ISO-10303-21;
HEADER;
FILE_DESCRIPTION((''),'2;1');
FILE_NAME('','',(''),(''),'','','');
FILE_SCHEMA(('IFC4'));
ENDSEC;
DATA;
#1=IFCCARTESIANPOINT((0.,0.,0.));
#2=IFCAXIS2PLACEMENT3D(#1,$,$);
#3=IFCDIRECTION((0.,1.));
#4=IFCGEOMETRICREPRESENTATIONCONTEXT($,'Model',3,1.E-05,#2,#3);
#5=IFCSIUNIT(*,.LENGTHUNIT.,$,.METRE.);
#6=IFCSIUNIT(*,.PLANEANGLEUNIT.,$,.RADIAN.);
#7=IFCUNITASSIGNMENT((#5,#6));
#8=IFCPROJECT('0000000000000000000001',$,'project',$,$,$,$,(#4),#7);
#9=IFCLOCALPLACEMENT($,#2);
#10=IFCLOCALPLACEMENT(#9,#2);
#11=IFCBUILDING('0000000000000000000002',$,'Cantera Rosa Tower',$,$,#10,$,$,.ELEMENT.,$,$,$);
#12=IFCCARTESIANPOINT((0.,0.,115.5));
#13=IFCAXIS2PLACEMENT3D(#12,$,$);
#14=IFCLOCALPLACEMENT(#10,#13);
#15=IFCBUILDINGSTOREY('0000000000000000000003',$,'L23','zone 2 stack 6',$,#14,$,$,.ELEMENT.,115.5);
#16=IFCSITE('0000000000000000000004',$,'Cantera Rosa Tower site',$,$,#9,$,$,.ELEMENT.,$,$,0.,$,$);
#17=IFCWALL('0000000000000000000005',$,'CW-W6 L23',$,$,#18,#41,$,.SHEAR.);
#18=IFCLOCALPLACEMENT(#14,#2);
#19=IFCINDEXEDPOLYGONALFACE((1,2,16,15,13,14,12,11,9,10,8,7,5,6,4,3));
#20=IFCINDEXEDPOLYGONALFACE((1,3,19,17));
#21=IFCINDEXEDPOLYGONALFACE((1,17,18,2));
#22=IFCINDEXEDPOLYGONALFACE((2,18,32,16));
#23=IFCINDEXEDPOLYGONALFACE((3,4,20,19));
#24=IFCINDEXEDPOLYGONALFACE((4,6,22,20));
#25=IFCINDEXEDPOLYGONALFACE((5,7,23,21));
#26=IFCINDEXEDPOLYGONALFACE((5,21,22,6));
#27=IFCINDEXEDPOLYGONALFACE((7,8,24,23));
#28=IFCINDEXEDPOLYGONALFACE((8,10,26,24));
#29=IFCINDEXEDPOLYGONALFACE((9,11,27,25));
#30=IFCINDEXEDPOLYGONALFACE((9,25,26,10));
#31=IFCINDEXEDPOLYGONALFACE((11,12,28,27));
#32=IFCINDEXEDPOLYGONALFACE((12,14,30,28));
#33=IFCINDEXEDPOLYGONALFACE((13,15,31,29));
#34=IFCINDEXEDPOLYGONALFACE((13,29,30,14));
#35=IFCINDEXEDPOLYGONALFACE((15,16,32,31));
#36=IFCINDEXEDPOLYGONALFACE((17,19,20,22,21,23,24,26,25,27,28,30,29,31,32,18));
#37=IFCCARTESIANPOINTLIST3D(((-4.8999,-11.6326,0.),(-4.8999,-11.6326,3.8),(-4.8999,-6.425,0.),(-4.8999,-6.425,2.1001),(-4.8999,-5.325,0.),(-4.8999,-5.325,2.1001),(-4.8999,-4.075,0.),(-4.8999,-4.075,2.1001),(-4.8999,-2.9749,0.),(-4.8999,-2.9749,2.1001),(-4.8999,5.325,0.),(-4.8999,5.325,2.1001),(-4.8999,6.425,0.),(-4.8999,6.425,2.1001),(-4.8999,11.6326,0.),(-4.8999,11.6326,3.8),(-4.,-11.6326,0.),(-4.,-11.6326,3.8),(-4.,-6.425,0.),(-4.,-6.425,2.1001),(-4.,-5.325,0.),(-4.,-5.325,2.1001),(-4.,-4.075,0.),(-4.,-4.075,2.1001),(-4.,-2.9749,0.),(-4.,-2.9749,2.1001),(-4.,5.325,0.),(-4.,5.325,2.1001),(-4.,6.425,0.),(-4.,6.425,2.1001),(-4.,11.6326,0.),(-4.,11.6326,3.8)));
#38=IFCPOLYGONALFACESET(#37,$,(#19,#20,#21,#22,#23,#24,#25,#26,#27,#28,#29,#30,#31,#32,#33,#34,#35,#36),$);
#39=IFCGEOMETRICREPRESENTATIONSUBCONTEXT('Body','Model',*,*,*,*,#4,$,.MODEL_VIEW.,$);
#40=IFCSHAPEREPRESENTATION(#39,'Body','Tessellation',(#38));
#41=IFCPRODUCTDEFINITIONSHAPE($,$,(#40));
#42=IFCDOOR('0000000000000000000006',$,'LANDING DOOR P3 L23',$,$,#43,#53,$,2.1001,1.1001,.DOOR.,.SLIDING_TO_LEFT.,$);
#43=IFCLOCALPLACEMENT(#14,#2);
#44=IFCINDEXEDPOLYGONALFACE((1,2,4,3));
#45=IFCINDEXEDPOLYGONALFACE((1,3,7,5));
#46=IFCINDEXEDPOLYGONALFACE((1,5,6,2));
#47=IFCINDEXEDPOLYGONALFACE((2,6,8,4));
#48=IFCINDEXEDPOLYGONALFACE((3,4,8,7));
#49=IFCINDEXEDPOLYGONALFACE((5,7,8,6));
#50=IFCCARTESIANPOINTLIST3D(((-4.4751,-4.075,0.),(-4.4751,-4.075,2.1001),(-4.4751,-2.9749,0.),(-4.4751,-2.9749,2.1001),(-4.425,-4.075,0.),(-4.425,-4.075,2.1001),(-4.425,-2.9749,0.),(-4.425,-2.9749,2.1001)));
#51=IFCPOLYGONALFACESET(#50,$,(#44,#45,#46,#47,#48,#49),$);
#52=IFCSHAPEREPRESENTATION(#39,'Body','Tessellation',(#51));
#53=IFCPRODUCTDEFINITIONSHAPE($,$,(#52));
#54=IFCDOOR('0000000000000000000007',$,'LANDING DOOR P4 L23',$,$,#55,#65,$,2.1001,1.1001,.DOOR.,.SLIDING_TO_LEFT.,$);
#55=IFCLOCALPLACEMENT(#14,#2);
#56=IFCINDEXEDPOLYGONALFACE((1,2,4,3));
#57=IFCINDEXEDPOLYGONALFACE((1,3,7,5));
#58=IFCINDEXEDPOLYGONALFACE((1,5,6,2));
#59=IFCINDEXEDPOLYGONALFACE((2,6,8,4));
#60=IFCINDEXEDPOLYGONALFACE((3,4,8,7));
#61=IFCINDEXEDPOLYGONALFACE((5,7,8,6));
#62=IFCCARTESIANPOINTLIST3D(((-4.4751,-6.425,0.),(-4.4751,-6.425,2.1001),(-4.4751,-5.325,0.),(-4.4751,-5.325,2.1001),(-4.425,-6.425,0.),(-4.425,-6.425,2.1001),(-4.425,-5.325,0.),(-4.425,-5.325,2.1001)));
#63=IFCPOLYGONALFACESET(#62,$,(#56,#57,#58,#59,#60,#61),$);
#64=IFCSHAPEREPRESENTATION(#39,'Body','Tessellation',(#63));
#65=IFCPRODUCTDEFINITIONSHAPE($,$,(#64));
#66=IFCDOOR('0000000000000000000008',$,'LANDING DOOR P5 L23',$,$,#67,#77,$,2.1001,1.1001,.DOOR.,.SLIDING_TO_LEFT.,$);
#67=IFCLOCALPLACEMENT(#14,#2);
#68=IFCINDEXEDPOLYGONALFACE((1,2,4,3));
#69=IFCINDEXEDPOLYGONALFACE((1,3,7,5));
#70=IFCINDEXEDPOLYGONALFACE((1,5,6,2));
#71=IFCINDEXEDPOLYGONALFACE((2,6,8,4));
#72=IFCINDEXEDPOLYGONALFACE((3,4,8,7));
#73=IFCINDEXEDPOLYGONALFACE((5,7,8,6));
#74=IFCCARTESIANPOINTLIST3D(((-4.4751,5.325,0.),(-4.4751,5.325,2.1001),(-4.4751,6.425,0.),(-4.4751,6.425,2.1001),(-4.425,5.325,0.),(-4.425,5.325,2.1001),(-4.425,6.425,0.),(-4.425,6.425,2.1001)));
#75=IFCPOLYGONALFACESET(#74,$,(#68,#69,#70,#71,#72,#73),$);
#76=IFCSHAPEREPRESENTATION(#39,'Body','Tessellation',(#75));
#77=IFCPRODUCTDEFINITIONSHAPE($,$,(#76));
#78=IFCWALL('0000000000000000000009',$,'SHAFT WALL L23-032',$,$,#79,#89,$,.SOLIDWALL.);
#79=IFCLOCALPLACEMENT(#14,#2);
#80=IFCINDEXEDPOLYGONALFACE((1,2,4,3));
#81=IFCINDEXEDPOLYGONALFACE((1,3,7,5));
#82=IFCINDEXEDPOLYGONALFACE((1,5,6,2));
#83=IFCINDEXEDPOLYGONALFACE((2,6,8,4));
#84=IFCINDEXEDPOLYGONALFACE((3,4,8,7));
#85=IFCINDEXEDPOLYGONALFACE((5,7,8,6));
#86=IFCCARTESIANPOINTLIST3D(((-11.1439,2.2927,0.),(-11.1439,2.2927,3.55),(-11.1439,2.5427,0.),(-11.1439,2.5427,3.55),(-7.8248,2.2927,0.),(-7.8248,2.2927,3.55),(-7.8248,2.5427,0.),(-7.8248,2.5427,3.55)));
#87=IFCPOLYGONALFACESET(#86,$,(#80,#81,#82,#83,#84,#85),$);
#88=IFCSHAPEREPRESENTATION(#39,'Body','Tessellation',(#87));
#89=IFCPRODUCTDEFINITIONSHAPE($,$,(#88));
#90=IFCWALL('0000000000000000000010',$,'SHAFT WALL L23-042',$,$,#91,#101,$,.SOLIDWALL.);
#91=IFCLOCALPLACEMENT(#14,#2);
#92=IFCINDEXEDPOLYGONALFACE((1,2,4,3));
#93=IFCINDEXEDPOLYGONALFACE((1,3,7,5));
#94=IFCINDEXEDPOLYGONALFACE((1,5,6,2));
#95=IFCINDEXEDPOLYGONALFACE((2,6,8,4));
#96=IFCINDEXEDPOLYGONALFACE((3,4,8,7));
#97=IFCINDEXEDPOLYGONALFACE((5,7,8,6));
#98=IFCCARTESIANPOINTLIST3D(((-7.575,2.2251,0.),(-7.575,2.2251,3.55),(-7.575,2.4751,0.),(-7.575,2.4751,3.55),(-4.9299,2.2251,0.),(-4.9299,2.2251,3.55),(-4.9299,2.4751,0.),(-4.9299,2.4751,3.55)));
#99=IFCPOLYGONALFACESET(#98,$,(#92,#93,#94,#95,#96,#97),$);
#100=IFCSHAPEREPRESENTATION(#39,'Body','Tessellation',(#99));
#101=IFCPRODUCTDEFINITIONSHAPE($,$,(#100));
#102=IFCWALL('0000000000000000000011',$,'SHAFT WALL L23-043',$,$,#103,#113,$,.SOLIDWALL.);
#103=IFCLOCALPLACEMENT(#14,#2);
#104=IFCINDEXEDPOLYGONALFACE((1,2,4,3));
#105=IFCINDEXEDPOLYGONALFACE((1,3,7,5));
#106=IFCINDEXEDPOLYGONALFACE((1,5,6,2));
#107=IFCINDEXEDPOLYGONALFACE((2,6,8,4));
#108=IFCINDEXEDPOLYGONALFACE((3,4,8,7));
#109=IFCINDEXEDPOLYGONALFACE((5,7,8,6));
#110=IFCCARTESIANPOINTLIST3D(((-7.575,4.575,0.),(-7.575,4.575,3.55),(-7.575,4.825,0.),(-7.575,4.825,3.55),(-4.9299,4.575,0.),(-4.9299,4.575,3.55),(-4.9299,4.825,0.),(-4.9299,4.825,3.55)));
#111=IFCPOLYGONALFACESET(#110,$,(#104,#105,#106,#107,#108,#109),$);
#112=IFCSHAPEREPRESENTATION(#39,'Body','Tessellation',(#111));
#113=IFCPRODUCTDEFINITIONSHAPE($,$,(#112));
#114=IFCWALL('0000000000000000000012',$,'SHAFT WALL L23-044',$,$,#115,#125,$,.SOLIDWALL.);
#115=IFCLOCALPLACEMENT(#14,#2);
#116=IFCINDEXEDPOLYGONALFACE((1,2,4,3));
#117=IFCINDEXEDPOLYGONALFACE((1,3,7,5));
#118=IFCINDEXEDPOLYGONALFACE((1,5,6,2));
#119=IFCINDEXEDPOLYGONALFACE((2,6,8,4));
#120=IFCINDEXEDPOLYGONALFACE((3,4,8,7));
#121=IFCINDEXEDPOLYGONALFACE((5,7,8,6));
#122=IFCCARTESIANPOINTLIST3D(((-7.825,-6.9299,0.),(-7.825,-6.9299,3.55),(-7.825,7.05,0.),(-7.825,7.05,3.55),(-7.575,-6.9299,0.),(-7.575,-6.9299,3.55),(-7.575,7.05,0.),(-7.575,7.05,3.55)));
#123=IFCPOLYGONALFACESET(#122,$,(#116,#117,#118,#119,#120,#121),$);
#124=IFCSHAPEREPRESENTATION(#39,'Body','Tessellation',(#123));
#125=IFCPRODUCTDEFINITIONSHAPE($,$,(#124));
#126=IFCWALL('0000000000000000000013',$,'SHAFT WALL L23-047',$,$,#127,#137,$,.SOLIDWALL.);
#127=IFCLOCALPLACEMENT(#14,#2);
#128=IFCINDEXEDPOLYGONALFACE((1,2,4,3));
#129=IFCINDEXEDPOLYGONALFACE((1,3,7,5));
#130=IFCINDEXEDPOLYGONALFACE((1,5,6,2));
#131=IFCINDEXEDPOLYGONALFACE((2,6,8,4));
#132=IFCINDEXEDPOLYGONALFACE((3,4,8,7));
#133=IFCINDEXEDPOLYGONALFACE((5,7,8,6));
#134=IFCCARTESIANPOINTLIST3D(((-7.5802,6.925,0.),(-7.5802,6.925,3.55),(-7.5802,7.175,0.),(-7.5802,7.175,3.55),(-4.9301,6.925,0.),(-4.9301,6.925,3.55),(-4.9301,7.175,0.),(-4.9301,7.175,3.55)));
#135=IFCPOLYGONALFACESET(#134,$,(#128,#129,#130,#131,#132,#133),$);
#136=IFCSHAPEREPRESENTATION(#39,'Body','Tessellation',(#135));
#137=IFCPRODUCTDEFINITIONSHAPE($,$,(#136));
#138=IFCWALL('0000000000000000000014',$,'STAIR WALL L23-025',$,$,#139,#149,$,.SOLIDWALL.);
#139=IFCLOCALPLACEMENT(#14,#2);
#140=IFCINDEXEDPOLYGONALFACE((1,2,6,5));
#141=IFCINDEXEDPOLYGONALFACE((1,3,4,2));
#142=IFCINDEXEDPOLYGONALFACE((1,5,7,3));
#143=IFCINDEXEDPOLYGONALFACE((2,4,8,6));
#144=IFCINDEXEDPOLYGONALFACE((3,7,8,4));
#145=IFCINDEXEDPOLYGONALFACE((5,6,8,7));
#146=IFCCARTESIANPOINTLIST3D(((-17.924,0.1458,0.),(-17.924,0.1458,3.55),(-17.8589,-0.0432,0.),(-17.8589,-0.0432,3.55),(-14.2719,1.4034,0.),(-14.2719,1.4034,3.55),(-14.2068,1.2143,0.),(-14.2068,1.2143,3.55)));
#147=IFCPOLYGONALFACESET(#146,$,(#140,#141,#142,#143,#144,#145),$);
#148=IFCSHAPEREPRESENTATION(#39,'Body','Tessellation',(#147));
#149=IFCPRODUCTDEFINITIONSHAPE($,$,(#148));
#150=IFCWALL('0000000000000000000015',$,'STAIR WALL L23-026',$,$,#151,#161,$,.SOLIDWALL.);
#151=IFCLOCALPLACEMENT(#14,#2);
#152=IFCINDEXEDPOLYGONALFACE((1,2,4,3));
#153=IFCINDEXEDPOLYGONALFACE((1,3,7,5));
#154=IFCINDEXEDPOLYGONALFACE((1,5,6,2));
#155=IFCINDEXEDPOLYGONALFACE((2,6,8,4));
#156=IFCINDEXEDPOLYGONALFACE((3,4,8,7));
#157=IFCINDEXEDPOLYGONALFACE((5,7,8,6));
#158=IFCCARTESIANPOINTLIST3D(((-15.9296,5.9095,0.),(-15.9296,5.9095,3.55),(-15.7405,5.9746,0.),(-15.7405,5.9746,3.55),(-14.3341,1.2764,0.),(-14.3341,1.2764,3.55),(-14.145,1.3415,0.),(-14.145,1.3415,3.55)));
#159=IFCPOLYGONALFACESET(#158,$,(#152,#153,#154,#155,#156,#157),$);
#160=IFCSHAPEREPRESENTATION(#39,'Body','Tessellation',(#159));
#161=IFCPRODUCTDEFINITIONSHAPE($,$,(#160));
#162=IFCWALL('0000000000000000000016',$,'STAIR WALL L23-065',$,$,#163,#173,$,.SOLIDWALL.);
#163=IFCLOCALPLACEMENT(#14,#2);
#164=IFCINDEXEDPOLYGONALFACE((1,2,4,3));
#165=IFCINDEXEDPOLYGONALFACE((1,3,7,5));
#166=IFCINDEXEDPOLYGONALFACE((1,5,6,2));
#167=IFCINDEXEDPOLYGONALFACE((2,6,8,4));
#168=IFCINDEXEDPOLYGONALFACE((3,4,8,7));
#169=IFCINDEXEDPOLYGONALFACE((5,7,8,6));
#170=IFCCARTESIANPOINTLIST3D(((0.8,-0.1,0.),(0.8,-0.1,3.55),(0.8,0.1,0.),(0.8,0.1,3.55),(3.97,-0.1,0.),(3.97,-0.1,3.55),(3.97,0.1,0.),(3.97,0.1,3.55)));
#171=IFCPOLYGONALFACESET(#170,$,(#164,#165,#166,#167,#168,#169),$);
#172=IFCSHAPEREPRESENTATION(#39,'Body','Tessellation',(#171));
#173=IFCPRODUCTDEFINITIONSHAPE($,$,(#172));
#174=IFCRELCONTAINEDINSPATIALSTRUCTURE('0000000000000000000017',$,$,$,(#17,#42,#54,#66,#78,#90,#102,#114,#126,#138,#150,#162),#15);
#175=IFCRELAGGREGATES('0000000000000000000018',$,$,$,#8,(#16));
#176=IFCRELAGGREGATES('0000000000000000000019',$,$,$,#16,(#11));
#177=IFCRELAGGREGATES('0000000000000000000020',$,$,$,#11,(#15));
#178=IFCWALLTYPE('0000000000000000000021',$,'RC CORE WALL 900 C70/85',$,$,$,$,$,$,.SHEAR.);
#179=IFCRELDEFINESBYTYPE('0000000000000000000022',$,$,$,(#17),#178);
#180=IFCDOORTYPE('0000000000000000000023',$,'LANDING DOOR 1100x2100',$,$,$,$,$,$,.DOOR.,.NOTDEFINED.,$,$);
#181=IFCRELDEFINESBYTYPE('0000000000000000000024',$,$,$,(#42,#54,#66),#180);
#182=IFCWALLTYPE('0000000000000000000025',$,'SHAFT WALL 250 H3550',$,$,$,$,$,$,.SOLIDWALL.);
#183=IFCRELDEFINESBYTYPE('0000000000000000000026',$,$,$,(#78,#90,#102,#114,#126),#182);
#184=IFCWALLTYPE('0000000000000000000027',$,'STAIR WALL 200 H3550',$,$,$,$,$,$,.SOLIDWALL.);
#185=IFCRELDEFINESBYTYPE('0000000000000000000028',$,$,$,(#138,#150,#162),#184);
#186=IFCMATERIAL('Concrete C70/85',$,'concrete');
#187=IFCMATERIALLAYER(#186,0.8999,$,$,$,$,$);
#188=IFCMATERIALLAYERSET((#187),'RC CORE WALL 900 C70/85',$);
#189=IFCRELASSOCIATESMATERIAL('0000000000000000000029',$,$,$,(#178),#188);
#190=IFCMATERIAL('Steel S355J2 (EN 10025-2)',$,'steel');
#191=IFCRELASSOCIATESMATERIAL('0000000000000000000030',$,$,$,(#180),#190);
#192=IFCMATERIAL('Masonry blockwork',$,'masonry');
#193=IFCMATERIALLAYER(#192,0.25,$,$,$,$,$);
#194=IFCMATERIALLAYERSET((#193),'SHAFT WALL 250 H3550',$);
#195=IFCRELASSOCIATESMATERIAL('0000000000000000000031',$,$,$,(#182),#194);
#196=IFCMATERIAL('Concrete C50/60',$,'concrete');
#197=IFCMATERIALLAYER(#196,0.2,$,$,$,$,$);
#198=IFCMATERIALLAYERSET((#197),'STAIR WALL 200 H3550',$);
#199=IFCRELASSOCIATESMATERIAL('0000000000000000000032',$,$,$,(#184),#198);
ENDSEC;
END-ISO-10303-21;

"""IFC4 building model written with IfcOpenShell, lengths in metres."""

from ifc_helpers import new_model, si_unit, direction, frame, frame_2d, origin, place, context, subcontext, project, spatial, rectangle, extrude, material, layer, layer_set, type_object, element, fill, save


model = new_model("IFC4")

# Units and contexts
model_context = context("Model", 3, precision=1e-05, world=origin(), true_north=direction((0.0, 1.0)))
body_context = subcontext(model_context, "Body", "Model", "MODEL_VIEW")
ifc_project = project(units=[si_unit("LENGTHUNIT", "METRE"), si_unit("PLANEANGLEUNIT", "RADIAN")], contexts=[model_context])

# Site, building, storey
site_placement = place(None, origin())
site = spatial("IfcSite", under=ifc_project, at=site_placement, Name="Cantera Rosa Tower site", CompositionType="ELEMENT", RefElevation=0.0)
building_placement = place(site_placement, origin())
building = spatial("IfcBuilding", under=site, at=building_placement, Name="Cantera Rosa Tower", CompositionType="ELEMENT")
storey_placement = place(building_placement, frame((0.0, 0.0, 115.5)))
storey = spatial("IfcBuildingStorey", under=building, at=storey_placement, Name="L23", Description="zone 2 stack 6", CompositionType="ELEMENT", Elevation=115.5)

# Shared definitions
ifc_material_1 = material(Name="Concrete C70/85", Category="concrete")
ifc_layer_1 = layer(ifc_material_1, 0.8999)
ifc_layer_set_1 = layer_set([ifc_layer_1], Name="RC CORE WALL 900 C70/85")
wall_type_1 = type_object("IfcWallType", Name="RC CORE WALL 900 C70/85", PredefinedType="SHEAR", material=ifc_layer_set_1)

# Wall, openings, doors
wall_1_placement = place(storey_placement, frame((-4.45, 11.6326, 0.0), z_axis=(0.0, 0.0, 1.0), x_axis=(0.0, -1.0, 0.0)))
wall_1 = element("IfcWall", 1, at=wall_1_placement, inside=storey, type_object=wall_type_1, Name="CW-W6 L23", PredefinedType="SHEAR", context=body_context, shape_type="SweptSolid", body=[
    extrude(rectangle(XDim=23.2651, YDim=0.8999, at=frame_2d((11.6326, 0.0))), origin(), (0.0, 0.0, 1.0), 3.8),
])
opening_1_placement = place(wall_1_placement, frame((14.6074, 0.0, 0.0)))
opening_1 = element("IfcOpeningElement", 2, at=opening_1_placement, cuts=wall_1, PredefinedType="OPENING", context=body_context, shape_type="SweptSolid", body=[
    extrude(rectangle(XDim=1.1001, YDim=2.1001, at=frame_2d((0.55, 1.05))), frame((0.0, 0.46, 0.0), z_axis=(0.0, -1.0, 0.0), x_axis=(1.0, 0.0, 0.0)), (0.0, 0.0, 1.0), 0.9199),
])
opening_2_placement = place(wall_1_placement, frame((16.9575, 0.0, 0.0)))
opening_2 = element("IfcOpeningElement", 3, at=opening_2_placement, cuts=wall_1, PredefinedType="OPENING", context=body_context, shape_type="SweptSolid", body=[
    extrude(rectangle(XDim=1.1001, YDim=2.1001, at=frame_2d((0.55, 1.05))), frame((0.0, 0.46, 0.0), z_axis=(0.0, -1.0, 0.0), x_axis=(1.0, 0.0, 0.0)), (0.0, 0.0, 1.0), 0.9199),
])
opening_3_placement = place(wall_1_placement, frame((5.2075, 0.0, 0.0)))
opening_3 = element("IfcOpeningElement", 4, at=opening_3_placement, cuts=wall_1, PredefinedType="OPENING", context=body_context, shape_type="SweptSolid", body=[
    extrude(rectangle(XDim=1.1001, YDim=2.1001, at=frame_2d((0.55, 1.05))), frame((0.0, 0.46, 0.0), z_axis=(0.0, -1.0, 0.0), x_axis=(1.0, 0.0, 0.0)), (0.0, 0.0, 1.0), 0.9199),
])
ifc_material_2 = material(Name="Steel S355J2 (EN 10025-2)", Category="steel")
door_type_1 = type_object("IfcDoorType", Name="LANDING DOOR 1100x2100", OperationType="NOTDEFINED", PredefinedType="DOOR", material=ifc_material_2)
door_1_placement = place(opening_1_placement, origin())
door_1 = element("IfcDoor", 5, at=door_1_placement, inside=storey, type_object=door_type_1, Name="LANDING DOOR P3 L23", OperationType="SLIDING_TO_LEFT", OverallHeight=2.1001, OverallWidth=1.1001, PredefinedType="DOOR", context=body_context, shape_type="SweptSolid", body=[
    extrude(rectangle(XDim=1.1001, YDim=2.1001, at=frame_2d((0.55, 1.05))), frame((0.0, 0.0249, 0.0), z_axis=(0.0, -1.0, 0.0), x_axis=(1.0, 0.0, 0.0)), (0.0, 0.0, 1.0), 0.05),
])
fill(opening_1, door_1)
door_2_placement = place(opening_2_placement, origin())
door_2 = element("IfcDoor", 6, at=door_2_placement, inside=storey, type_object=door_type_1, Name="LANDING DOOR P4 L23", OperationType="SLIDING_TO_LEFT", OverallHeight=2.1001, OverallWidth=1.1001, PredefinedType="DOOR", context=body_context, shape_type="SweptSolid", body=[
    extrude(rectangle(XDim=1.1001, YDim=2.1001, at=frame_2d((0.55, 1.05))), frame((0.0, 0.0249, 0.0), z_axis=(0.0, -1.0, 0.0), x_axis=(1.0, 0.0, 0.0)), (0.0, 0.0, 1.0), 0.05),
])
fill(opening_2, door_2)
door_3_placement = place(opening_3_placement, origin())
door_3 = element("IfcDoor", 7, at=door_3_placement, inside=storey, type_object=door_type_1, Name="LANDING DOOR P5 L23", OperationType="SLIDING_TO_LEFT", OverallHeight=2.1001, OverallWidth=1.1001, PredefinedType="DOOR", context=body_context, shape_type="SweptSolid", body=[
    extrude(rectangle(XDim=1.1001, YDim=2.1001, at=frame_2d((0.55, 1.05))), frame((0.0, 0.0249, 0.0), z_axis=(0.0, -1.0, 0.0), x_axis=(1.0, 0.0, 0.0)), (0.0, 0.0, 1.0), 0.05),
])
fill(opening_3, door_3)

# Walls
ifc_material_3 = material(Name="Masonry blockwork", Category="masonry")
ifc_layer_2 = layer(ifc_material_3, 0.25)
ifc_layer_set_2 = layer_set([ifc_layer_2], Name="SHAFT WALL 250 H3550")
wall_type_2 = type_object("IfcWallType", Name="SHAFT WALL 250 H3550", PredefinedType="SOLIDWALL", material=ifc_layer_set_2)
wall_2_placement = place(storey_placement, frame((-11.144, 2.4177, 0.0), z_axis=(0.0, 0.0, 1.0), x_axis=(1.0, 0.0, 0.0)))
element("IfcWall", 8, at=wall_2_placement, inside=storey, type_object=wall_type_2, Name="SHAFT WALL L23-032", PredefinedType="SOLIDWALL", context=body_context, shape_type="SweptSolid", body=[
    extrude(rectangle(XDim=3.3191, YDim=0.25, at=frame_2d((1.6597, 0.0))), origin(), (0.0, 0.0, 1.0), 3.55),
])
for number, where, z_axis, x_axis, name in (
    (9, (-7.575, 2.3501, 0.0), (0.0, 0.0, 1.0), (1.0, 0.0, 0.0), "SHAFT WALL L23-042"),
    (10, (-7.575, 4.7, 0.0), (0.0, 0.0, 1.0), (1.0, 0.0, 0.0), "SHAFT WALL L23-043"),
):
    element("IfcWall", number, at=place(storey_placement, frame(where, z_axis=z_axis, x_axis=x_axis)), inside=storey, type_object=wall_type_2, Name=name, PredefinedType="SOLIDWALL", context=body_context, shape_type="SweptSolid", body=[
        extrude(rectangle(XDim=2.645, YDim=0.25, at=frame_2d((1.3225, 0.0))), origin(), (0.0, 0.0, 1.0), 3.55),
    ])
wall_3_placement = place(storey_placement, frame((-7.7, 7.05, 0.0), z_axis=(0.0, 0.0, 1.0), x_axis=(0.0, -1.0, 0.0)))
element("IfcWall", 11, at=wall_3_placement, inside=storey, type_object=wall_type_2, Name="SHAFT WALL L23-044", PredefinedType="SOLIDWALL", context=body_context, shape_type="SweptSolid", body=[
    extrude(rectangle(XDim=13.98, YDim=0.25, at=frame_2d((6.99, 0.0))), origin(), (0.0, 0.0, 1.0), 3.55),
])
wall_4_placement = place(storey_placement, frame((-4.9299, 7.05, 0.0), z_axis=(0.0, 0.0, 1.0), x_axis=(-1.0, 0.0, 0.0)))
element("IfcWall", 12, at=wall_4_placement, inside=storey, type_object=wall_type_2, Name="SHAFT WALL L23-047", PredefinedType="SOLIDWALL", context=body_context, shape_type="SweptSolid", body=[
    extrude(rectangle(XDim=2.6501, YDim=0.25, at=frame_2d((1.3252, 0.0))), origin(), (0.0, 0.0, 1.0), 3.55),
])
ifc_material_4 = material(Name="Concrete C50/60", Category="concrete")
ifc_layer_3 = layer(ifc_material_4, 0.2)
ifc_layer_set_3 = layer_set([ifc_layer_3], Name="STAIR WALL 200 H3550")
wall_type_3 = type_object("IfcWallType", Name="STAIR WALL 200 H3550", PredefinedType="SOLIDWALL", material=ifc_layer_set_3)
wall_5_placement = place(storey_placement, frame((-14.2395, 1.3088, 0.0), z_axis=(0.0, 0.0, 1.0), x_axis=(-0.945515, -0.32558, 0.0)))
element("IfcWall", 13, at=wall_5_placement, inside=storey, type_object=wall_type_3, Name="STAIR WALL L23-025", PredefinedType="SOLIDWALL", context=body_context, shape_type="SweptSolid", body=[
    extrude(rectangle(XDim=3.8625, YDim=0.2, at=frame_2d((1.9312, 0.0))), origin(), (0.0, 0.0, 1.0), 3.55),
])
wall_6_placement = place(storey_placement, frame((-14.2395, 1.3088, 0.0), z_axis=(0.0, 0.0, 1.0), x_axis=(-0.325599, 0.945508, 0.0)))
element("IfcWall", 14, at=wall_6_placement, inside=storey, type_object=wall_type_3, Name="STAIR WALL L23-026", PredefinedType="SOLIDWALL", context=body_context, shape_type="SweptSolid", body=[
    extrude(rectangle(XDim=4.9001, YDim=0.2, at=frame_2d((2.4502, 0.0))), origin(), (0.0, 0.0, 1.0), 3.55),
])
wall_7_placement = place(storey_placement, frame((0.8, 0.0, 0.0), z_axis=(0.0, 0.0, 1.0), x_axis=(1.0, 0.0, 0.0)))
element("IfcWall", 15, at=wall_7_placement, inside=storey, type_object=wall_type_3, Name="STAIR WALL L23-065", PredefinedType="SOLIDWALL", context=body_context, shape_type="SweptSolid", body=[
    extrude(rectangle(XDim=3.1699, YDim=0.2, at=frame_2d((1.585, 0.0))), origin(), (0.0, 0.0, 1.0), 3.55),
])

save(model, "model.ifc")
